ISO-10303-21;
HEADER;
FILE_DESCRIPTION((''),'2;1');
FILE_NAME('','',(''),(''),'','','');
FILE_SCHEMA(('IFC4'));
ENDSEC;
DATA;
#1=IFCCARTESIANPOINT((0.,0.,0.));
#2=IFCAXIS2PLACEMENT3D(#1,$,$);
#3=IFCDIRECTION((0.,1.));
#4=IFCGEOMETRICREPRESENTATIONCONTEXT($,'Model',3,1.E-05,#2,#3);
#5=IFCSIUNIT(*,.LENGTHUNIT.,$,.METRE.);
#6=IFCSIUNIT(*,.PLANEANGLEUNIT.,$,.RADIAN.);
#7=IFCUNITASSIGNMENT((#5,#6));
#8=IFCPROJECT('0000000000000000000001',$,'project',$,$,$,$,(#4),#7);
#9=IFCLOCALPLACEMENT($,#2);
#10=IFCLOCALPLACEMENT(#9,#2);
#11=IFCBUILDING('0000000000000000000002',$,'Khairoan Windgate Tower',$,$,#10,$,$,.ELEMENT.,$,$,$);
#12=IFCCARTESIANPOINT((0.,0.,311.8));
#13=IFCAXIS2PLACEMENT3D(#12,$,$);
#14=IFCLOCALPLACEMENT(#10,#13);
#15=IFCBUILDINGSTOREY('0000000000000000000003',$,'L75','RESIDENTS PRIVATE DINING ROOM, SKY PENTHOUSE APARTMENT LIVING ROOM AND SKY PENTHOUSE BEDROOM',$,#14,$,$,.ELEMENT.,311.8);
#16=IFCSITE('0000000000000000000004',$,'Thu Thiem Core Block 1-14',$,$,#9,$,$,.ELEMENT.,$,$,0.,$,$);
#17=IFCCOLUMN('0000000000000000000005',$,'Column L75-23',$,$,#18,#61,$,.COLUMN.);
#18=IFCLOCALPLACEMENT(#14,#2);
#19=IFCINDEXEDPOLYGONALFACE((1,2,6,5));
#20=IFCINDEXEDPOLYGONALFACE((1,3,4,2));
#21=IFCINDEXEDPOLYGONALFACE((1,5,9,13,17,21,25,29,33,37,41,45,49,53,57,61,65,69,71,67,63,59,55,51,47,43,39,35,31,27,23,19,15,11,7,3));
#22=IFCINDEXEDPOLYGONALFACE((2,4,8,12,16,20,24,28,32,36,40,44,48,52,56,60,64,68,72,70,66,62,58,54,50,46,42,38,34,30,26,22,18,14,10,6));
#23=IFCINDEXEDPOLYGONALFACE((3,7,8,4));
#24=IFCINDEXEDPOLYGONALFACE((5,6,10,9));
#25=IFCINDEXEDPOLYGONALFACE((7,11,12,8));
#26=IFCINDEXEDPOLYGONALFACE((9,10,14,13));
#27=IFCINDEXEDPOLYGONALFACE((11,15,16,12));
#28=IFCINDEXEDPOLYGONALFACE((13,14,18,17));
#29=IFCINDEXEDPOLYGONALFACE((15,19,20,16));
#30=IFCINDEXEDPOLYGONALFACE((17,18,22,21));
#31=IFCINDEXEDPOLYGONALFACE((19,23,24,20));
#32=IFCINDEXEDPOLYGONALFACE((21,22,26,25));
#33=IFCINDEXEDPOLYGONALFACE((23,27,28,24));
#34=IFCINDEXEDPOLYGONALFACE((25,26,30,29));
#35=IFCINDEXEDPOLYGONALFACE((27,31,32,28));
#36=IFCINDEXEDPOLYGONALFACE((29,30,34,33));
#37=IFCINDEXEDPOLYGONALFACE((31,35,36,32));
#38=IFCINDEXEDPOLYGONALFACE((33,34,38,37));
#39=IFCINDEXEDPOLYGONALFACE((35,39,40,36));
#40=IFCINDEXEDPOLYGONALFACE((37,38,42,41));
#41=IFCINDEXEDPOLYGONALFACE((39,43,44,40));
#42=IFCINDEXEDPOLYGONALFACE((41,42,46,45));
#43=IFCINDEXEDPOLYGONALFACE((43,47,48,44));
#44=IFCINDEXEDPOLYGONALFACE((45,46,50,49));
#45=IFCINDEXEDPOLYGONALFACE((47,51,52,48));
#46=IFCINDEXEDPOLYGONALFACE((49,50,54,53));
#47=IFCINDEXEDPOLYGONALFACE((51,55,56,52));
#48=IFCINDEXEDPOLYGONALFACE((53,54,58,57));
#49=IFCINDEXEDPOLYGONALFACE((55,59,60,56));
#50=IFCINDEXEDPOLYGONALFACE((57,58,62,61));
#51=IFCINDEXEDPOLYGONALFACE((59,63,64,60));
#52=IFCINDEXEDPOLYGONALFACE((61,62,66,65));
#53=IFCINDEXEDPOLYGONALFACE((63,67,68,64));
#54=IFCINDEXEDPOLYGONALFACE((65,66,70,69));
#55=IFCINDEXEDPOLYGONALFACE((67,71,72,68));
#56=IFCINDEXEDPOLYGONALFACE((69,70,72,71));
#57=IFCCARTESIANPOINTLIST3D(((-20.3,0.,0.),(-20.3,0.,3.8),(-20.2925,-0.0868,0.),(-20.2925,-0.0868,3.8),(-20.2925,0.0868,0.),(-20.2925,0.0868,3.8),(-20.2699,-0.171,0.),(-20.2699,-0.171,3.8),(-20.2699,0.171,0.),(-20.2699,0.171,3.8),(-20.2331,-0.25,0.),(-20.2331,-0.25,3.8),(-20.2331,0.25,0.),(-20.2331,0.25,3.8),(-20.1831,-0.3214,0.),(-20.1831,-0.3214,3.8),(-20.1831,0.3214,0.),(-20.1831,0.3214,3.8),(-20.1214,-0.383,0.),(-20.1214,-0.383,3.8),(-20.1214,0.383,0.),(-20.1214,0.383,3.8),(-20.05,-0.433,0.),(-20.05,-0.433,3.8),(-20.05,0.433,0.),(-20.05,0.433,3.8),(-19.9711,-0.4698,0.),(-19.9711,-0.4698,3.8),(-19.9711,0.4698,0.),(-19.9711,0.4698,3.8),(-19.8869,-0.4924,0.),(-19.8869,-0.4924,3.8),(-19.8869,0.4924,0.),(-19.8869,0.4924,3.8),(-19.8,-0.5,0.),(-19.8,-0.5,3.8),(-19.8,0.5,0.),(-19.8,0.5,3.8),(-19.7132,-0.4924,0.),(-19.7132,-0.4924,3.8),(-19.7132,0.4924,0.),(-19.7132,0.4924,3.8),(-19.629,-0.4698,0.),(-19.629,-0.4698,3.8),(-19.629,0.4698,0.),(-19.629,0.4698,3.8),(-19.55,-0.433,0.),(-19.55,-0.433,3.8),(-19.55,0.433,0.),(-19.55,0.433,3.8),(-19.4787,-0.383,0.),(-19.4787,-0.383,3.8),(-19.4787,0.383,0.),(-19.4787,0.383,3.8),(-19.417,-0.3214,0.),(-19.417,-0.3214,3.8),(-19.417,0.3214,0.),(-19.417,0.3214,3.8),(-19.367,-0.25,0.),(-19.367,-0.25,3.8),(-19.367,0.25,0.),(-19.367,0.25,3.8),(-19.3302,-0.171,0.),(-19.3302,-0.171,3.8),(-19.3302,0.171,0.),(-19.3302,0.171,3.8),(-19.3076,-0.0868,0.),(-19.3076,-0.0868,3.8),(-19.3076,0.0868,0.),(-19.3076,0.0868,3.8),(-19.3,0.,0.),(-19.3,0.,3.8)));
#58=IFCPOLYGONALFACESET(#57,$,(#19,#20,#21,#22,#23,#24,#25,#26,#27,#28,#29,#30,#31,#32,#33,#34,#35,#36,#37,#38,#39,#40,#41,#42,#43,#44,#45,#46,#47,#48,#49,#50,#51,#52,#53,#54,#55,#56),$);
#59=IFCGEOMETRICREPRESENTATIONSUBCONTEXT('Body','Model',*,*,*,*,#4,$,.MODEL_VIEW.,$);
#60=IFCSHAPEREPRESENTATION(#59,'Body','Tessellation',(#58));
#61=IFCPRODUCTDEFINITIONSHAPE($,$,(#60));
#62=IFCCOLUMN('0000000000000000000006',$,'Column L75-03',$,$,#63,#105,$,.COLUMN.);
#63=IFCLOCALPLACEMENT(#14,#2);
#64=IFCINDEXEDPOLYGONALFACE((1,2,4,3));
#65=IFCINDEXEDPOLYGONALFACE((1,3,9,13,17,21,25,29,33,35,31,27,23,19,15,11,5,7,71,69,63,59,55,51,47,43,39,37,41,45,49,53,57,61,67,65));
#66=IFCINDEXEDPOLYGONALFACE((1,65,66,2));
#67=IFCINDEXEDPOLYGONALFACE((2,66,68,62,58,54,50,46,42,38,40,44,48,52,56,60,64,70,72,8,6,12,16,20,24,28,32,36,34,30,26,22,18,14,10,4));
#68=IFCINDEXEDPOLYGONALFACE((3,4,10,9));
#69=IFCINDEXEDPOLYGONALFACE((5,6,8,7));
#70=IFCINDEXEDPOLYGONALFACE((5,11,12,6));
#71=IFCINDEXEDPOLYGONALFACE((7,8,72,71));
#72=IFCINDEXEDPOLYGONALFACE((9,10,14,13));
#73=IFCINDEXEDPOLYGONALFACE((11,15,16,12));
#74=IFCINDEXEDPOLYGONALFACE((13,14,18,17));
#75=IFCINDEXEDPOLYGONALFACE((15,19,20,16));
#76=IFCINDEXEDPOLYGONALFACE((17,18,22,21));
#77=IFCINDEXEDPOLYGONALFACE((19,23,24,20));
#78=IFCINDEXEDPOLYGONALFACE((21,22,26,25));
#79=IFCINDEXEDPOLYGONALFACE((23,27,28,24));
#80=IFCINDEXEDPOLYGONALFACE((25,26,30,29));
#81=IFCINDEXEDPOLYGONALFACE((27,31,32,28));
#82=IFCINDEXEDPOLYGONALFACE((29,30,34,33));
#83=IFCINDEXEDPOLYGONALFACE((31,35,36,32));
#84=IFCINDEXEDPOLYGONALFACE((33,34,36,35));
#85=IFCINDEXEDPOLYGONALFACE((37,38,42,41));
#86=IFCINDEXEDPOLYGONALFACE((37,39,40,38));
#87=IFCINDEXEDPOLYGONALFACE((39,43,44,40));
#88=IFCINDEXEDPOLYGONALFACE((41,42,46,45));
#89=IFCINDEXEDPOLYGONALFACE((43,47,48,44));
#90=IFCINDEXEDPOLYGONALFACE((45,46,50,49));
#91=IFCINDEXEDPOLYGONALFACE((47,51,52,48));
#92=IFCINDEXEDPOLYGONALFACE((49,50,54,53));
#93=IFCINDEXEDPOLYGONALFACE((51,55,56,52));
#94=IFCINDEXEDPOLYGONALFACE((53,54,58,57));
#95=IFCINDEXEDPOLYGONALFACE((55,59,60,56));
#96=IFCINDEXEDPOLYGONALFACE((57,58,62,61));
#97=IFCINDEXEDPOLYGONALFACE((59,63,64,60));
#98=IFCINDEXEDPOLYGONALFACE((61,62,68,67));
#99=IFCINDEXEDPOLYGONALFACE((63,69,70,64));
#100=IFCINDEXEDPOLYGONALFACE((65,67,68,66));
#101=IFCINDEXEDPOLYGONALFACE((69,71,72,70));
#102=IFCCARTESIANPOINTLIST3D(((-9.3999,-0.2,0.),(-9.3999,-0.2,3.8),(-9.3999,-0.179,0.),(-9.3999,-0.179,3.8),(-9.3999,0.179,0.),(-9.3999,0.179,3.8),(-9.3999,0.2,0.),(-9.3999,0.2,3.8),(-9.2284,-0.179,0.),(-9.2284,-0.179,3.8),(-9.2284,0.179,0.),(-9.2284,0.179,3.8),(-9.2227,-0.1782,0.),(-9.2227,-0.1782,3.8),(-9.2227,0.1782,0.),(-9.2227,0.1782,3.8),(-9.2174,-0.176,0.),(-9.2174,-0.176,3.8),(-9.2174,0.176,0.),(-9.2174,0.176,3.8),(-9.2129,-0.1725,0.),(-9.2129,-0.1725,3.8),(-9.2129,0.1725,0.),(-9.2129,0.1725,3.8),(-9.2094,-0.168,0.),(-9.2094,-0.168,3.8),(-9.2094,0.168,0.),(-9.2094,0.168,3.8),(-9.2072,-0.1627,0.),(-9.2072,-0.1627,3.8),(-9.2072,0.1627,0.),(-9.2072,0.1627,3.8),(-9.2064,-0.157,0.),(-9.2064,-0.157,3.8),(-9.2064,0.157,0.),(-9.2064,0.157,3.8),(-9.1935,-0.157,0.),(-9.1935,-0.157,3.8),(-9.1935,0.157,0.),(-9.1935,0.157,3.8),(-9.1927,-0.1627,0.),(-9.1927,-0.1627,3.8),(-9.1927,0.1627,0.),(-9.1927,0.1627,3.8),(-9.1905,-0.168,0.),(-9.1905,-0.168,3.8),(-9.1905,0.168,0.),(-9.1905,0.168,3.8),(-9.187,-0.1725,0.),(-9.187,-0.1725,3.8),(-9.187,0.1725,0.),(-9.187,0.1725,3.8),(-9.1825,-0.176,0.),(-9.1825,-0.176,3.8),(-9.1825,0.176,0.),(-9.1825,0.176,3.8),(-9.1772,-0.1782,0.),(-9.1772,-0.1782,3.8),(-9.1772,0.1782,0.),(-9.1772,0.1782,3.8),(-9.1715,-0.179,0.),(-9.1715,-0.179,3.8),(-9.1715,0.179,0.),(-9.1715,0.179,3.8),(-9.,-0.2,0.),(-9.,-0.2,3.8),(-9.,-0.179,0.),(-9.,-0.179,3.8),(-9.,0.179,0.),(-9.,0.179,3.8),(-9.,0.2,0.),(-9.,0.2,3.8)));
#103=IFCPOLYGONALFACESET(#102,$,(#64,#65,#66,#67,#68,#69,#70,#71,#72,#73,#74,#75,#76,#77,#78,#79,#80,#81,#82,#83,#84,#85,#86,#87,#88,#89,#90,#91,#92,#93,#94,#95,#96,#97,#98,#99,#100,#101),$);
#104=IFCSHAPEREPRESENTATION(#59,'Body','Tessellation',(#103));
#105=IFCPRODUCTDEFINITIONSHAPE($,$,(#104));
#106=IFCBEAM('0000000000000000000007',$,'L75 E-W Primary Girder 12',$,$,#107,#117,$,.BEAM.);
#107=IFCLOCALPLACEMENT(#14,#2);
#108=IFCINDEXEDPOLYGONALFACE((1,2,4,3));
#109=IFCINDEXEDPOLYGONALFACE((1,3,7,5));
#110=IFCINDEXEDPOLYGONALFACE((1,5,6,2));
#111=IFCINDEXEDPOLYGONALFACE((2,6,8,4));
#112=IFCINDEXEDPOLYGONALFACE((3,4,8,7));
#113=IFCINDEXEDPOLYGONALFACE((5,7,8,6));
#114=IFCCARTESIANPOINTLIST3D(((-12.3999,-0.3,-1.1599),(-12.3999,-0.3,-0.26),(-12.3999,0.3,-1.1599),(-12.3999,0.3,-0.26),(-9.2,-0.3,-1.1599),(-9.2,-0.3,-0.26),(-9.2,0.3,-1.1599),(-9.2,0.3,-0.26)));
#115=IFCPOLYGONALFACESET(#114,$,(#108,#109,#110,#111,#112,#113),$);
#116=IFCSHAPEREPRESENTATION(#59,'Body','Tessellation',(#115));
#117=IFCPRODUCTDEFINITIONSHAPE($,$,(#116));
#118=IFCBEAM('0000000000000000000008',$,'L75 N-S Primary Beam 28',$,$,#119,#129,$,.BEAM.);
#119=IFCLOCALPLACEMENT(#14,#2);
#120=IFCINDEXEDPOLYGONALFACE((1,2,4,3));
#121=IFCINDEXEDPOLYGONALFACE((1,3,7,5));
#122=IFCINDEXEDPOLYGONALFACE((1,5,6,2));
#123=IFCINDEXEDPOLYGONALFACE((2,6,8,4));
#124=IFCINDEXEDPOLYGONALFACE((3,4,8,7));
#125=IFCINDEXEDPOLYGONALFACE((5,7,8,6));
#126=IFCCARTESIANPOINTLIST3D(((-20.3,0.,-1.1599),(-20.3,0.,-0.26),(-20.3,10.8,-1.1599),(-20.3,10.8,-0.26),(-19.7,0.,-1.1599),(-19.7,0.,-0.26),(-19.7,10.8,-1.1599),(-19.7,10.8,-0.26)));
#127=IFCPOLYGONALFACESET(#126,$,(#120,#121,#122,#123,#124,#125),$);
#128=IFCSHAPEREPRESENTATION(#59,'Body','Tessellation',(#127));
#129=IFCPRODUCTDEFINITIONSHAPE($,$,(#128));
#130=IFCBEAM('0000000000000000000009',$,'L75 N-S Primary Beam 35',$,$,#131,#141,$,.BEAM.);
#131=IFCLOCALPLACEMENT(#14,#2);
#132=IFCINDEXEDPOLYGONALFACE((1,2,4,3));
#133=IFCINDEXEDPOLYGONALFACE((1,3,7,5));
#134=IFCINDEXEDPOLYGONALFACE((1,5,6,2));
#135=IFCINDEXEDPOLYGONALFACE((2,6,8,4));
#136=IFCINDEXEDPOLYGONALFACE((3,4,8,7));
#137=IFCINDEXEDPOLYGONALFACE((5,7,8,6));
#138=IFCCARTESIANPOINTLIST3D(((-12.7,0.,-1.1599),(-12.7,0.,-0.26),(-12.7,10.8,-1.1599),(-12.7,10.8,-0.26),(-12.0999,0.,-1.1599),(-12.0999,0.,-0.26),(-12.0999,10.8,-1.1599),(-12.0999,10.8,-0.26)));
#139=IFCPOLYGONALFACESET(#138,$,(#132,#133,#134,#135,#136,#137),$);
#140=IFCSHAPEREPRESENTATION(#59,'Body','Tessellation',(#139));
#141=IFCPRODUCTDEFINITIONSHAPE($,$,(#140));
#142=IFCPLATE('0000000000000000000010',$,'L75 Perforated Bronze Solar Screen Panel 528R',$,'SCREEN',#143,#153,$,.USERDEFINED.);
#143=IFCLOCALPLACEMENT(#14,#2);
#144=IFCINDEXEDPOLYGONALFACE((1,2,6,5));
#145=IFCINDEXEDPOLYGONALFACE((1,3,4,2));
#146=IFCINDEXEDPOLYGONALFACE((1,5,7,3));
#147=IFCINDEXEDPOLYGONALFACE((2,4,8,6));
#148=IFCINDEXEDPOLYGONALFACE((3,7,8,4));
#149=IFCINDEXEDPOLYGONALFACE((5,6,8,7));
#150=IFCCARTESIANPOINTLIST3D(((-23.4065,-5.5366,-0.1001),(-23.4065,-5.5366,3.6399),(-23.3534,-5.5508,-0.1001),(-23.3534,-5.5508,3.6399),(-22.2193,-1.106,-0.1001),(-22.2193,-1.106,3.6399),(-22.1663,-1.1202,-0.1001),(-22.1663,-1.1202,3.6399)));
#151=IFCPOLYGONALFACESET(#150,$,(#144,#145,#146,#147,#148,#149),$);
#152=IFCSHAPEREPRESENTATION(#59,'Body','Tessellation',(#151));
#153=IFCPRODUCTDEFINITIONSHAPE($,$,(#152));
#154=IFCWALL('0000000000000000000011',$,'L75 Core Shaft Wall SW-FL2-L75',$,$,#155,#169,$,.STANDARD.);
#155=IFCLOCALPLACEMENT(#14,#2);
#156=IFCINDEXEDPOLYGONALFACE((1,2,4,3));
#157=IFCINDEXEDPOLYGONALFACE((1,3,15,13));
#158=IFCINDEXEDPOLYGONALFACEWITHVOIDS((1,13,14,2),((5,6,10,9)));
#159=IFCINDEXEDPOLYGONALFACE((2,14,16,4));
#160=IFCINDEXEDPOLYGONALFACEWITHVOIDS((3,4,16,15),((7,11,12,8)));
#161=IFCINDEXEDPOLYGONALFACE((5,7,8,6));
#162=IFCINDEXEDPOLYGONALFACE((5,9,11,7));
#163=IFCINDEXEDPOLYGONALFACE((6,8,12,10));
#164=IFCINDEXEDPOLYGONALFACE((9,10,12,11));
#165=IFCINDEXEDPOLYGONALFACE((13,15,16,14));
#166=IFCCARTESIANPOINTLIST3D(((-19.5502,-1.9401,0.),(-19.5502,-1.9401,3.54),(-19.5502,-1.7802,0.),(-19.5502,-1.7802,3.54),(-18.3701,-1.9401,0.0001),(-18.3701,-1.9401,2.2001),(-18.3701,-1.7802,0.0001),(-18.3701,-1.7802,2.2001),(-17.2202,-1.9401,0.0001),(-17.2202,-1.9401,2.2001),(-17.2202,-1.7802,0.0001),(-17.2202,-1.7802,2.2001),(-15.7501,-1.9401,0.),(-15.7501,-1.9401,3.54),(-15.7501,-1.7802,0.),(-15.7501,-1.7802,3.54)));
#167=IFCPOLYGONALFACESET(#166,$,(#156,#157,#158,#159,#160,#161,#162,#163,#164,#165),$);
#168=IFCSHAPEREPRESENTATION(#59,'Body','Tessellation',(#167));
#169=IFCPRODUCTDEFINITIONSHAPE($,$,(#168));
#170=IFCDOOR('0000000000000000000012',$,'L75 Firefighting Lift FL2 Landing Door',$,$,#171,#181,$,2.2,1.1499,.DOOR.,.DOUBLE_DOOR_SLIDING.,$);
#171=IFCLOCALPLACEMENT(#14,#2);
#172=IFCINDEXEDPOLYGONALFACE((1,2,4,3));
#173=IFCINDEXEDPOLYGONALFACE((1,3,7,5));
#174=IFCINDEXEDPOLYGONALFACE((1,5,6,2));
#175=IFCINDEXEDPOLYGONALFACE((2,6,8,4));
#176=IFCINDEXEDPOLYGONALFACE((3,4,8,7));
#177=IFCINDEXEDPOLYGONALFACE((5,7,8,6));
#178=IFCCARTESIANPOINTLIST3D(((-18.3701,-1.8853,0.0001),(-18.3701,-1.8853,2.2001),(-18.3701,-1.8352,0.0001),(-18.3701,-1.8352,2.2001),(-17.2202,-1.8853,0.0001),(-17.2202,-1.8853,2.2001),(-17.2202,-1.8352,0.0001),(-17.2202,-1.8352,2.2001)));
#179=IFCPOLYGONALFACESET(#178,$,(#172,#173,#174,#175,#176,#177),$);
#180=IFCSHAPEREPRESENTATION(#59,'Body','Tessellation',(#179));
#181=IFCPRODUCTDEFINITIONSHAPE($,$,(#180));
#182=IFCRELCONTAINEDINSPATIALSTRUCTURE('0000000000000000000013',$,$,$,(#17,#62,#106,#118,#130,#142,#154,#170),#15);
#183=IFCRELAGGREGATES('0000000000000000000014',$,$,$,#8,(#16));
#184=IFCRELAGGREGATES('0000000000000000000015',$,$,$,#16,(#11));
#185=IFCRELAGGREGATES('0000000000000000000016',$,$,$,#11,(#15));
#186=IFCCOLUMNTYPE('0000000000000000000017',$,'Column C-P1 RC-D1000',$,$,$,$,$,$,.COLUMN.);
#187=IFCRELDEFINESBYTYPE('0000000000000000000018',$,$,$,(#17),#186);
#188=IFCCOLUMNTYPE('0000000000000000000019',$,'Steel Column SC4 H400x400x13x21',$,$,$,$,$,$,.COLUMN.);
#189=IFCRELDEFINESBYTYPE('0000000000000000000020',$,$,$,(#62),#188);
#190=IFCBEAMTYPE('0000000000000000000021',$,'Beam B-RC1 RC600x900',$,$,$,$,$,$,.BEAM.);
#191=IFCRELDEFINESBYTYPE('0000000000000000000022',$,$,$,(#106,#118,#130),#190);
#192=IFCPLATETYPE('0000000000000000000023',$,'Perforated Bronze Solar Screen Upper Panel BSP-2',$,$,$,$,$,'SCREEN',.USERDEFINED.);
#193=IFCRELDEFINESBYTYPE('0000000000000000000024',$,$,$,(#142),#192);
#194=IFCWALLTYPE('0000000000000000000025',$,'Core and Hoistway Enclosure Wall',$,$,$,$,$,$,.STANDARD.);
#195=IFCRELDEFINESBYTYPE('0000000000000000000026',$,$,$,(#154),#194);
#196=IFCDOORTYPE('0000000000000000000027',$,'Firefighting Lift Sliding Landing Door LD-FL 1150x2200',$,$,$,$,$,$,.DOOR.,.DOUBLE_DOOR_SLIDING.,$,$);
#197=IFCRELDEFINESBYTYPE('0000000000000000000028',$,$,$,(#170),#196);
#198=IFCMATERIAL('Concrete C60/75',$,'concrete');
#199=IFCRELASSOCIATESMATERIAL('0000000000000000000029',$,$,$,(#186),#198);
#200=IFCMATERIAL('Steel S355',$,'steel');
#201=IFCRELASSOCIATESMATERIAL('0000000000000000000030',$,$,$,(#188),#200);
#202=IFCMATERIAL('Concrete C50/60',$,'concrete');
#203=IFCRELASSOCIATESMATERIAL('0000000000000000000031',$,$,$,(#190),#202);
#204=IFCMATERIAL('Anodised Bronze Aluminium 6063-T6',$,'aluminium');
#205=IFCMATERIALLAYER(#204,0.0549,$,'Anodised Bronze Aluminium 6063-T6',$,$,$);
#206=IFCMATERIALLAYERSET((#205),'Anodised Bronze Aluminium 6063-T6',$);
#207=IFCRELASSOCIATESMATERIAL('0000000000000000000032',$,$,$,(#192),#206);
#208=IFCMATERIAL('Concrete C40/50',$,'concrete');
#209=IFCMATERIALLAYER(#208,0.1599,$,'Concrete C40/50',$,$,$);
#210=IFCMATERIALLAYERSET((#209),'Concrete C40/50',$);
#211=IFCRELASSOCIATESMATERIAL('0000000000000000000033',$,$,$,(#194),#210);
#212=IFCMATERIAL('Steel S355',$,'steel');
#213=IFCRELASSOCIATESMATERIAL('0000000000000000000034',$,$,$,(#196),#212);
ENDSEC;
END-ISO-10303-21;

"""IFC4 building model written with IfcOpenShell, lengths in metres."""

from ifc_helpers import new_model, si_unit, direction, frame, frame_2d, origin, origin_2d, place, context, subcontext, project, spatial, rectangle, circle, i_section, extrude, material, layer, layer_set, material_profile, profile_set, type_object, element, fill, save


model = new_model("IFC4")

# Units and contexts
model_context = context("Model", 3, precision=1e-05, world=origin(), true_north=direction((0.0, 1.0)))
body_context = subcontext(model_context, "Body", "Model", "MODEL_VIEW")
ifc_project = project(units=[si_unit("LENGTHUNIT", "METRE"), si_unit("PLANEANGLEUNIT", "RADIAN")], contexts=[model_context])

# Site, building, storey
site_placement = place(None, origin())
site = spatial("IfcSite", under=ifc_project, at=site_placement, Name="Thu Thiem Core Block 1-14", CompositionType="ELEMENT", RefElevation=0.0)
building_placement = place(site_placement, origin())
building = spatial("IfcBuilding", under=site, at=building_placement, Name="Khairoan Windgate Tower", CompositionType="ELEMENT")
storey_placement = place(building_placement, frame((0.0, 0.0, 311.8)))
storey = spatial("IfcBuildingStorey", under=building, at=storey_placement, Name="L75", Description="RESIDENTS PRIVATE DINING ROOM, SKY PENTHOUSE APARTMENT LIVING ROOM AND SKY PENTHOUSE BEDROOM", CompositionType="ELEMENT", Elevation=311.8)

# Columns
ifc_material_1 = material(Name="Concrete C60/75", Category="concrete")
ifc_material_profile_1 = material_profile(ifc_material_1, circle(Radius=0.5, at=origin_2d()))
ifc_profile_set_1 = profile_set([ifc_material_profile_1], Name="Concrete C60/75")
column_type_1 = type_object("IfcColumnType", Name="Column C-P1 RC-D1000", PredefinedType="COLUMN", material=ifc_profile_set_1)
column_1_placement = place(storey_placement, frame((-19.8, 0.0, 0.0), z_axis=(0.0, 0.0, 1.0), x_axis=(1.0, 0.0, 0.0)))
element("IfcColumn", 1, at=column_1_placement, inside=storey, type_object=column_type_1, Name="Column L75-23", PredefinedType="COLUMN", context=body_context, shape_type="SweptSolid", body=[
    extrude(circle(Radius=0.5, at=origin_2d()), origin(), (0.0, 0.0, 1.0), 3.8),
])
ifc_material_2 = material(Name="Steel S355", Category="steel")
ifc_material_profile_2 = material_profile(ifc_material_2, i_section(OverallWidth=0.3999, OverallDepth=0.3999, WebThickness=0.0129, FlangeThickness=0.021, FilletRadius=0.022, at=origin_2d()))
ifc_profile_set_2 = profile_set([ifc_material_profile_2], Name="Steel S355")
column_type_2 = type_object("IfcColumnType", Name="Steel Column SC4 H400x400x13x21", PredefinedType="COLUMN", material=ifc_profile_set_2)
column_2_placement = place(storey_placement, frame((-9.2, 0.0, 0.0), z_axis=(0.0, 0.0, 1.0), x_axis=(1.0, 0.0, 0.0)))
element("IfcColumn", 2, at=column_2_placement, inside=storey, type_object=column_type_2, Name="Column L75-03", PredefinedType="COLUMN", context=body_context, shape_type="SweptSolid", body=[
    extrude(i_section(OverallWidth=0.3999, OverallDepth=0.3999, WebThickness=0.0129, FlangeThickness=0.021, FilletRadius=0.022, at=origin_2d()), origin(), (0.0, 0.0, 1.0), 3.8),
])

# Beams
ifc_material_3 = material(Name="Concrete C50/60", Category="concrete")
ifc_material_profile_3 = material_profile(ifc_material_3, rectangle(XDim=0.6001, YDim=0.8999, at=origin_2d()))
ifc_profile_set_3 = profile_set([ifc_material_profile_3], Name="Concrete C50/60")
beam_type = type_object("IfcBeamType", Name="Beam B-RC1 RC600x900", PredefinedType="BEAM", material=ifc_profile_set_3)
beam_placement = place(storey_placement, frame((-12.3999, 0.0, -0.71), z_axis=(1.0, 0.0, 0.0), x_axis=(0.0, 1.0, 0.0)))
element("IfcBeam", 3, at=beam_placement, inside=storey, type_object=beam_type, Name="L75 E-W Primary Girder 12", PredefinedType="BEAM", context=body_context, shape_type="SweptSolid", body=[
    extrude(rectangle(XDim=0.6001, YDim=0.8999, at=origin_2d()), origin(), (0.0, 0.0, 1.0), 3.2),
])
for number, where, z_axis, x_axis, name in (
    (4, (-20.0, 0.0, -0.71), (0.0, 1.0, 0.0), (-1.0, 0.0, 0.0), "L75 N-S Primary Beam 28"),
    (5, (-12.3999, 0.0, -0.71), (0.0, 1.0, 0.0), (-1.0, 0.0, 0.0), "L75 N-S Primary Beam 35"),
):
    element("IfcBeam", number, at=place(storey_placement, frame(where, z_axis=z_axis, x_axis=x_axis)), inside=storey, type_object=beam_type, Name=name, PredefinedType="BEAM", context=body_context, shape_type="SweptSolid", body=[
        extrude(rectangle(XDim=0.6001, YDim=0.8999, at=origin_2d()), origin(), (0.0, 0.0, 1.0), 10.8),
    ])

# Plate
ifc_material_4 = material(Name="Anodised Bronze Aluminium 6063-T6", Category="aluminium")
ifc_layer_1 = layer(ifc_material_4, 0.0549, Name="Anodised Bronze Aluminium 6063-T6")
ifc_layer_set_1 = layer_set([ifc_layer_1], Name="Anodised Bronze Aluminium 6063-T6")
plate_type = type_object("IfcPlateType", Name="Perforated Bronze Solar Screen Upper Panel BSP-2", ElementType="SCREEN", PredefinedType="USERDEFINED", material=ifc_layer_set_1)
plate_placement = place(storey_placement, frame((-22.7864, -3.3284, -0.1001), z_axis=(0.0, 0.0, 1.0), x_axis=(0.258819, 0.965926, 0.0)))
element("IfcPlate", 6, at=plate_placement, inside=storey, type_object=plate_type, Name="L75 Perforated Bronze Solar Screen Panel 528R", ObjectType="SCREEN", PredefinedType="USERDEFINED", context=body_context, shape_type="SweptSolid", body=[
    extrude(rectangle(XDim=4.5869, YDim=0.0549, at=origin_2d()), origin(), (0.0, 0.0, 1.0), 3.74),
])

# Wall, opening, door
ifc_material_5 = material(Name="Concrete C40/50", Category="concrete")
ifc_layer_2 = layer(ifc_material_5, 0.1599, Name="Concrete C40/50")
ifc_layer_set_2 = layer_set([ifc_layer_2], Name="Concrete C40/50")
wall_type_1 = type_object("IfcWallType", Name="Core and Hoistway Enclosure Wall", PredefinedType="STANDARD", material=ifc_layer_set_2)
wall_1_placement = place(storey_placement, frame((-19.55, -1.8601, 0.0), z_axis=(0.0, 0.0, 1.0), x_axis=(1.0, 0.0, 0.0)))
wall_1 = element("IfcWall", 7, at=wall_1_placement, inside=storey, type_object=wall_type_1, Name="L75 Core Shaft Wall SW-FL2-L75", PredefinedType="STANDARD", context=body_context, shape_type="SweptSolid", body=[
    extrude(rectangle(XDim=3.8, YDim=0.1599, at=frame_2d((1.8999, 0.0))), origin(), (0.0, 0.0, 1.0), 3.54),
])
opening_1_placement = place(wall_1_placement, frame((1.1799, 0.0, 0.0)))
opening_1 = element("IfcOpeningElement", 8, at=opening_1_placement, cuts=wall_1, PredefinedType="OPENING", context=body_context, shape_type="SweptSolid", body=[
    extrude(rectangle(XDim=1.1499, YDim=2.2, at=frame_2d((0.575, 1.1001))), frame((0.0, 0.0898, 0.0), z_axis=(0.0, -1.0, 0.0), x_axis=(1.0, 0.0, 0.0)), (0.0, 0.0, 1.0), 0.1799),
])
ifc_material_6 = material(Name="Steel S355", Category="steel")
door_type_1 = type_object("IfcDoorType", Name="Firefighting Lift Sliding Landing Door LD-FL 1150x2200", OperationType="DOUBLE_DOOR_SLIDING", PredefinedType="DOOR", material=ifc_material_6)
door_1_placement = place(opening_1_placement, origin())
door_1 = element("IfcDoor", 9, at=door_1_placement, inside=storey, type_object=door_type_1, Name="L75 Firefighting Lift FL2 Landing Door", OperationType="DOUBLE_DOOR_SLIDING", OverallHeight=2.2, OverallWidth=1.1499, PredefinedType="DOOR", context=body_context, shape_type="SweptSolid", body=[
    extrude(rectangle(XDim=1.1499, YDim=2.2, at=frame_2d((0.575, 1.1001))), frame((0.0, 0.0249, 0.0), z_axis=(0.0, -1.0, 0.0), x_axis=(1.0, 0.0, 0.0)), (0.0, 0.0, 1.0), 0.05),
])
fill(opening_1, door_1)

save(model, "model.ifc")
